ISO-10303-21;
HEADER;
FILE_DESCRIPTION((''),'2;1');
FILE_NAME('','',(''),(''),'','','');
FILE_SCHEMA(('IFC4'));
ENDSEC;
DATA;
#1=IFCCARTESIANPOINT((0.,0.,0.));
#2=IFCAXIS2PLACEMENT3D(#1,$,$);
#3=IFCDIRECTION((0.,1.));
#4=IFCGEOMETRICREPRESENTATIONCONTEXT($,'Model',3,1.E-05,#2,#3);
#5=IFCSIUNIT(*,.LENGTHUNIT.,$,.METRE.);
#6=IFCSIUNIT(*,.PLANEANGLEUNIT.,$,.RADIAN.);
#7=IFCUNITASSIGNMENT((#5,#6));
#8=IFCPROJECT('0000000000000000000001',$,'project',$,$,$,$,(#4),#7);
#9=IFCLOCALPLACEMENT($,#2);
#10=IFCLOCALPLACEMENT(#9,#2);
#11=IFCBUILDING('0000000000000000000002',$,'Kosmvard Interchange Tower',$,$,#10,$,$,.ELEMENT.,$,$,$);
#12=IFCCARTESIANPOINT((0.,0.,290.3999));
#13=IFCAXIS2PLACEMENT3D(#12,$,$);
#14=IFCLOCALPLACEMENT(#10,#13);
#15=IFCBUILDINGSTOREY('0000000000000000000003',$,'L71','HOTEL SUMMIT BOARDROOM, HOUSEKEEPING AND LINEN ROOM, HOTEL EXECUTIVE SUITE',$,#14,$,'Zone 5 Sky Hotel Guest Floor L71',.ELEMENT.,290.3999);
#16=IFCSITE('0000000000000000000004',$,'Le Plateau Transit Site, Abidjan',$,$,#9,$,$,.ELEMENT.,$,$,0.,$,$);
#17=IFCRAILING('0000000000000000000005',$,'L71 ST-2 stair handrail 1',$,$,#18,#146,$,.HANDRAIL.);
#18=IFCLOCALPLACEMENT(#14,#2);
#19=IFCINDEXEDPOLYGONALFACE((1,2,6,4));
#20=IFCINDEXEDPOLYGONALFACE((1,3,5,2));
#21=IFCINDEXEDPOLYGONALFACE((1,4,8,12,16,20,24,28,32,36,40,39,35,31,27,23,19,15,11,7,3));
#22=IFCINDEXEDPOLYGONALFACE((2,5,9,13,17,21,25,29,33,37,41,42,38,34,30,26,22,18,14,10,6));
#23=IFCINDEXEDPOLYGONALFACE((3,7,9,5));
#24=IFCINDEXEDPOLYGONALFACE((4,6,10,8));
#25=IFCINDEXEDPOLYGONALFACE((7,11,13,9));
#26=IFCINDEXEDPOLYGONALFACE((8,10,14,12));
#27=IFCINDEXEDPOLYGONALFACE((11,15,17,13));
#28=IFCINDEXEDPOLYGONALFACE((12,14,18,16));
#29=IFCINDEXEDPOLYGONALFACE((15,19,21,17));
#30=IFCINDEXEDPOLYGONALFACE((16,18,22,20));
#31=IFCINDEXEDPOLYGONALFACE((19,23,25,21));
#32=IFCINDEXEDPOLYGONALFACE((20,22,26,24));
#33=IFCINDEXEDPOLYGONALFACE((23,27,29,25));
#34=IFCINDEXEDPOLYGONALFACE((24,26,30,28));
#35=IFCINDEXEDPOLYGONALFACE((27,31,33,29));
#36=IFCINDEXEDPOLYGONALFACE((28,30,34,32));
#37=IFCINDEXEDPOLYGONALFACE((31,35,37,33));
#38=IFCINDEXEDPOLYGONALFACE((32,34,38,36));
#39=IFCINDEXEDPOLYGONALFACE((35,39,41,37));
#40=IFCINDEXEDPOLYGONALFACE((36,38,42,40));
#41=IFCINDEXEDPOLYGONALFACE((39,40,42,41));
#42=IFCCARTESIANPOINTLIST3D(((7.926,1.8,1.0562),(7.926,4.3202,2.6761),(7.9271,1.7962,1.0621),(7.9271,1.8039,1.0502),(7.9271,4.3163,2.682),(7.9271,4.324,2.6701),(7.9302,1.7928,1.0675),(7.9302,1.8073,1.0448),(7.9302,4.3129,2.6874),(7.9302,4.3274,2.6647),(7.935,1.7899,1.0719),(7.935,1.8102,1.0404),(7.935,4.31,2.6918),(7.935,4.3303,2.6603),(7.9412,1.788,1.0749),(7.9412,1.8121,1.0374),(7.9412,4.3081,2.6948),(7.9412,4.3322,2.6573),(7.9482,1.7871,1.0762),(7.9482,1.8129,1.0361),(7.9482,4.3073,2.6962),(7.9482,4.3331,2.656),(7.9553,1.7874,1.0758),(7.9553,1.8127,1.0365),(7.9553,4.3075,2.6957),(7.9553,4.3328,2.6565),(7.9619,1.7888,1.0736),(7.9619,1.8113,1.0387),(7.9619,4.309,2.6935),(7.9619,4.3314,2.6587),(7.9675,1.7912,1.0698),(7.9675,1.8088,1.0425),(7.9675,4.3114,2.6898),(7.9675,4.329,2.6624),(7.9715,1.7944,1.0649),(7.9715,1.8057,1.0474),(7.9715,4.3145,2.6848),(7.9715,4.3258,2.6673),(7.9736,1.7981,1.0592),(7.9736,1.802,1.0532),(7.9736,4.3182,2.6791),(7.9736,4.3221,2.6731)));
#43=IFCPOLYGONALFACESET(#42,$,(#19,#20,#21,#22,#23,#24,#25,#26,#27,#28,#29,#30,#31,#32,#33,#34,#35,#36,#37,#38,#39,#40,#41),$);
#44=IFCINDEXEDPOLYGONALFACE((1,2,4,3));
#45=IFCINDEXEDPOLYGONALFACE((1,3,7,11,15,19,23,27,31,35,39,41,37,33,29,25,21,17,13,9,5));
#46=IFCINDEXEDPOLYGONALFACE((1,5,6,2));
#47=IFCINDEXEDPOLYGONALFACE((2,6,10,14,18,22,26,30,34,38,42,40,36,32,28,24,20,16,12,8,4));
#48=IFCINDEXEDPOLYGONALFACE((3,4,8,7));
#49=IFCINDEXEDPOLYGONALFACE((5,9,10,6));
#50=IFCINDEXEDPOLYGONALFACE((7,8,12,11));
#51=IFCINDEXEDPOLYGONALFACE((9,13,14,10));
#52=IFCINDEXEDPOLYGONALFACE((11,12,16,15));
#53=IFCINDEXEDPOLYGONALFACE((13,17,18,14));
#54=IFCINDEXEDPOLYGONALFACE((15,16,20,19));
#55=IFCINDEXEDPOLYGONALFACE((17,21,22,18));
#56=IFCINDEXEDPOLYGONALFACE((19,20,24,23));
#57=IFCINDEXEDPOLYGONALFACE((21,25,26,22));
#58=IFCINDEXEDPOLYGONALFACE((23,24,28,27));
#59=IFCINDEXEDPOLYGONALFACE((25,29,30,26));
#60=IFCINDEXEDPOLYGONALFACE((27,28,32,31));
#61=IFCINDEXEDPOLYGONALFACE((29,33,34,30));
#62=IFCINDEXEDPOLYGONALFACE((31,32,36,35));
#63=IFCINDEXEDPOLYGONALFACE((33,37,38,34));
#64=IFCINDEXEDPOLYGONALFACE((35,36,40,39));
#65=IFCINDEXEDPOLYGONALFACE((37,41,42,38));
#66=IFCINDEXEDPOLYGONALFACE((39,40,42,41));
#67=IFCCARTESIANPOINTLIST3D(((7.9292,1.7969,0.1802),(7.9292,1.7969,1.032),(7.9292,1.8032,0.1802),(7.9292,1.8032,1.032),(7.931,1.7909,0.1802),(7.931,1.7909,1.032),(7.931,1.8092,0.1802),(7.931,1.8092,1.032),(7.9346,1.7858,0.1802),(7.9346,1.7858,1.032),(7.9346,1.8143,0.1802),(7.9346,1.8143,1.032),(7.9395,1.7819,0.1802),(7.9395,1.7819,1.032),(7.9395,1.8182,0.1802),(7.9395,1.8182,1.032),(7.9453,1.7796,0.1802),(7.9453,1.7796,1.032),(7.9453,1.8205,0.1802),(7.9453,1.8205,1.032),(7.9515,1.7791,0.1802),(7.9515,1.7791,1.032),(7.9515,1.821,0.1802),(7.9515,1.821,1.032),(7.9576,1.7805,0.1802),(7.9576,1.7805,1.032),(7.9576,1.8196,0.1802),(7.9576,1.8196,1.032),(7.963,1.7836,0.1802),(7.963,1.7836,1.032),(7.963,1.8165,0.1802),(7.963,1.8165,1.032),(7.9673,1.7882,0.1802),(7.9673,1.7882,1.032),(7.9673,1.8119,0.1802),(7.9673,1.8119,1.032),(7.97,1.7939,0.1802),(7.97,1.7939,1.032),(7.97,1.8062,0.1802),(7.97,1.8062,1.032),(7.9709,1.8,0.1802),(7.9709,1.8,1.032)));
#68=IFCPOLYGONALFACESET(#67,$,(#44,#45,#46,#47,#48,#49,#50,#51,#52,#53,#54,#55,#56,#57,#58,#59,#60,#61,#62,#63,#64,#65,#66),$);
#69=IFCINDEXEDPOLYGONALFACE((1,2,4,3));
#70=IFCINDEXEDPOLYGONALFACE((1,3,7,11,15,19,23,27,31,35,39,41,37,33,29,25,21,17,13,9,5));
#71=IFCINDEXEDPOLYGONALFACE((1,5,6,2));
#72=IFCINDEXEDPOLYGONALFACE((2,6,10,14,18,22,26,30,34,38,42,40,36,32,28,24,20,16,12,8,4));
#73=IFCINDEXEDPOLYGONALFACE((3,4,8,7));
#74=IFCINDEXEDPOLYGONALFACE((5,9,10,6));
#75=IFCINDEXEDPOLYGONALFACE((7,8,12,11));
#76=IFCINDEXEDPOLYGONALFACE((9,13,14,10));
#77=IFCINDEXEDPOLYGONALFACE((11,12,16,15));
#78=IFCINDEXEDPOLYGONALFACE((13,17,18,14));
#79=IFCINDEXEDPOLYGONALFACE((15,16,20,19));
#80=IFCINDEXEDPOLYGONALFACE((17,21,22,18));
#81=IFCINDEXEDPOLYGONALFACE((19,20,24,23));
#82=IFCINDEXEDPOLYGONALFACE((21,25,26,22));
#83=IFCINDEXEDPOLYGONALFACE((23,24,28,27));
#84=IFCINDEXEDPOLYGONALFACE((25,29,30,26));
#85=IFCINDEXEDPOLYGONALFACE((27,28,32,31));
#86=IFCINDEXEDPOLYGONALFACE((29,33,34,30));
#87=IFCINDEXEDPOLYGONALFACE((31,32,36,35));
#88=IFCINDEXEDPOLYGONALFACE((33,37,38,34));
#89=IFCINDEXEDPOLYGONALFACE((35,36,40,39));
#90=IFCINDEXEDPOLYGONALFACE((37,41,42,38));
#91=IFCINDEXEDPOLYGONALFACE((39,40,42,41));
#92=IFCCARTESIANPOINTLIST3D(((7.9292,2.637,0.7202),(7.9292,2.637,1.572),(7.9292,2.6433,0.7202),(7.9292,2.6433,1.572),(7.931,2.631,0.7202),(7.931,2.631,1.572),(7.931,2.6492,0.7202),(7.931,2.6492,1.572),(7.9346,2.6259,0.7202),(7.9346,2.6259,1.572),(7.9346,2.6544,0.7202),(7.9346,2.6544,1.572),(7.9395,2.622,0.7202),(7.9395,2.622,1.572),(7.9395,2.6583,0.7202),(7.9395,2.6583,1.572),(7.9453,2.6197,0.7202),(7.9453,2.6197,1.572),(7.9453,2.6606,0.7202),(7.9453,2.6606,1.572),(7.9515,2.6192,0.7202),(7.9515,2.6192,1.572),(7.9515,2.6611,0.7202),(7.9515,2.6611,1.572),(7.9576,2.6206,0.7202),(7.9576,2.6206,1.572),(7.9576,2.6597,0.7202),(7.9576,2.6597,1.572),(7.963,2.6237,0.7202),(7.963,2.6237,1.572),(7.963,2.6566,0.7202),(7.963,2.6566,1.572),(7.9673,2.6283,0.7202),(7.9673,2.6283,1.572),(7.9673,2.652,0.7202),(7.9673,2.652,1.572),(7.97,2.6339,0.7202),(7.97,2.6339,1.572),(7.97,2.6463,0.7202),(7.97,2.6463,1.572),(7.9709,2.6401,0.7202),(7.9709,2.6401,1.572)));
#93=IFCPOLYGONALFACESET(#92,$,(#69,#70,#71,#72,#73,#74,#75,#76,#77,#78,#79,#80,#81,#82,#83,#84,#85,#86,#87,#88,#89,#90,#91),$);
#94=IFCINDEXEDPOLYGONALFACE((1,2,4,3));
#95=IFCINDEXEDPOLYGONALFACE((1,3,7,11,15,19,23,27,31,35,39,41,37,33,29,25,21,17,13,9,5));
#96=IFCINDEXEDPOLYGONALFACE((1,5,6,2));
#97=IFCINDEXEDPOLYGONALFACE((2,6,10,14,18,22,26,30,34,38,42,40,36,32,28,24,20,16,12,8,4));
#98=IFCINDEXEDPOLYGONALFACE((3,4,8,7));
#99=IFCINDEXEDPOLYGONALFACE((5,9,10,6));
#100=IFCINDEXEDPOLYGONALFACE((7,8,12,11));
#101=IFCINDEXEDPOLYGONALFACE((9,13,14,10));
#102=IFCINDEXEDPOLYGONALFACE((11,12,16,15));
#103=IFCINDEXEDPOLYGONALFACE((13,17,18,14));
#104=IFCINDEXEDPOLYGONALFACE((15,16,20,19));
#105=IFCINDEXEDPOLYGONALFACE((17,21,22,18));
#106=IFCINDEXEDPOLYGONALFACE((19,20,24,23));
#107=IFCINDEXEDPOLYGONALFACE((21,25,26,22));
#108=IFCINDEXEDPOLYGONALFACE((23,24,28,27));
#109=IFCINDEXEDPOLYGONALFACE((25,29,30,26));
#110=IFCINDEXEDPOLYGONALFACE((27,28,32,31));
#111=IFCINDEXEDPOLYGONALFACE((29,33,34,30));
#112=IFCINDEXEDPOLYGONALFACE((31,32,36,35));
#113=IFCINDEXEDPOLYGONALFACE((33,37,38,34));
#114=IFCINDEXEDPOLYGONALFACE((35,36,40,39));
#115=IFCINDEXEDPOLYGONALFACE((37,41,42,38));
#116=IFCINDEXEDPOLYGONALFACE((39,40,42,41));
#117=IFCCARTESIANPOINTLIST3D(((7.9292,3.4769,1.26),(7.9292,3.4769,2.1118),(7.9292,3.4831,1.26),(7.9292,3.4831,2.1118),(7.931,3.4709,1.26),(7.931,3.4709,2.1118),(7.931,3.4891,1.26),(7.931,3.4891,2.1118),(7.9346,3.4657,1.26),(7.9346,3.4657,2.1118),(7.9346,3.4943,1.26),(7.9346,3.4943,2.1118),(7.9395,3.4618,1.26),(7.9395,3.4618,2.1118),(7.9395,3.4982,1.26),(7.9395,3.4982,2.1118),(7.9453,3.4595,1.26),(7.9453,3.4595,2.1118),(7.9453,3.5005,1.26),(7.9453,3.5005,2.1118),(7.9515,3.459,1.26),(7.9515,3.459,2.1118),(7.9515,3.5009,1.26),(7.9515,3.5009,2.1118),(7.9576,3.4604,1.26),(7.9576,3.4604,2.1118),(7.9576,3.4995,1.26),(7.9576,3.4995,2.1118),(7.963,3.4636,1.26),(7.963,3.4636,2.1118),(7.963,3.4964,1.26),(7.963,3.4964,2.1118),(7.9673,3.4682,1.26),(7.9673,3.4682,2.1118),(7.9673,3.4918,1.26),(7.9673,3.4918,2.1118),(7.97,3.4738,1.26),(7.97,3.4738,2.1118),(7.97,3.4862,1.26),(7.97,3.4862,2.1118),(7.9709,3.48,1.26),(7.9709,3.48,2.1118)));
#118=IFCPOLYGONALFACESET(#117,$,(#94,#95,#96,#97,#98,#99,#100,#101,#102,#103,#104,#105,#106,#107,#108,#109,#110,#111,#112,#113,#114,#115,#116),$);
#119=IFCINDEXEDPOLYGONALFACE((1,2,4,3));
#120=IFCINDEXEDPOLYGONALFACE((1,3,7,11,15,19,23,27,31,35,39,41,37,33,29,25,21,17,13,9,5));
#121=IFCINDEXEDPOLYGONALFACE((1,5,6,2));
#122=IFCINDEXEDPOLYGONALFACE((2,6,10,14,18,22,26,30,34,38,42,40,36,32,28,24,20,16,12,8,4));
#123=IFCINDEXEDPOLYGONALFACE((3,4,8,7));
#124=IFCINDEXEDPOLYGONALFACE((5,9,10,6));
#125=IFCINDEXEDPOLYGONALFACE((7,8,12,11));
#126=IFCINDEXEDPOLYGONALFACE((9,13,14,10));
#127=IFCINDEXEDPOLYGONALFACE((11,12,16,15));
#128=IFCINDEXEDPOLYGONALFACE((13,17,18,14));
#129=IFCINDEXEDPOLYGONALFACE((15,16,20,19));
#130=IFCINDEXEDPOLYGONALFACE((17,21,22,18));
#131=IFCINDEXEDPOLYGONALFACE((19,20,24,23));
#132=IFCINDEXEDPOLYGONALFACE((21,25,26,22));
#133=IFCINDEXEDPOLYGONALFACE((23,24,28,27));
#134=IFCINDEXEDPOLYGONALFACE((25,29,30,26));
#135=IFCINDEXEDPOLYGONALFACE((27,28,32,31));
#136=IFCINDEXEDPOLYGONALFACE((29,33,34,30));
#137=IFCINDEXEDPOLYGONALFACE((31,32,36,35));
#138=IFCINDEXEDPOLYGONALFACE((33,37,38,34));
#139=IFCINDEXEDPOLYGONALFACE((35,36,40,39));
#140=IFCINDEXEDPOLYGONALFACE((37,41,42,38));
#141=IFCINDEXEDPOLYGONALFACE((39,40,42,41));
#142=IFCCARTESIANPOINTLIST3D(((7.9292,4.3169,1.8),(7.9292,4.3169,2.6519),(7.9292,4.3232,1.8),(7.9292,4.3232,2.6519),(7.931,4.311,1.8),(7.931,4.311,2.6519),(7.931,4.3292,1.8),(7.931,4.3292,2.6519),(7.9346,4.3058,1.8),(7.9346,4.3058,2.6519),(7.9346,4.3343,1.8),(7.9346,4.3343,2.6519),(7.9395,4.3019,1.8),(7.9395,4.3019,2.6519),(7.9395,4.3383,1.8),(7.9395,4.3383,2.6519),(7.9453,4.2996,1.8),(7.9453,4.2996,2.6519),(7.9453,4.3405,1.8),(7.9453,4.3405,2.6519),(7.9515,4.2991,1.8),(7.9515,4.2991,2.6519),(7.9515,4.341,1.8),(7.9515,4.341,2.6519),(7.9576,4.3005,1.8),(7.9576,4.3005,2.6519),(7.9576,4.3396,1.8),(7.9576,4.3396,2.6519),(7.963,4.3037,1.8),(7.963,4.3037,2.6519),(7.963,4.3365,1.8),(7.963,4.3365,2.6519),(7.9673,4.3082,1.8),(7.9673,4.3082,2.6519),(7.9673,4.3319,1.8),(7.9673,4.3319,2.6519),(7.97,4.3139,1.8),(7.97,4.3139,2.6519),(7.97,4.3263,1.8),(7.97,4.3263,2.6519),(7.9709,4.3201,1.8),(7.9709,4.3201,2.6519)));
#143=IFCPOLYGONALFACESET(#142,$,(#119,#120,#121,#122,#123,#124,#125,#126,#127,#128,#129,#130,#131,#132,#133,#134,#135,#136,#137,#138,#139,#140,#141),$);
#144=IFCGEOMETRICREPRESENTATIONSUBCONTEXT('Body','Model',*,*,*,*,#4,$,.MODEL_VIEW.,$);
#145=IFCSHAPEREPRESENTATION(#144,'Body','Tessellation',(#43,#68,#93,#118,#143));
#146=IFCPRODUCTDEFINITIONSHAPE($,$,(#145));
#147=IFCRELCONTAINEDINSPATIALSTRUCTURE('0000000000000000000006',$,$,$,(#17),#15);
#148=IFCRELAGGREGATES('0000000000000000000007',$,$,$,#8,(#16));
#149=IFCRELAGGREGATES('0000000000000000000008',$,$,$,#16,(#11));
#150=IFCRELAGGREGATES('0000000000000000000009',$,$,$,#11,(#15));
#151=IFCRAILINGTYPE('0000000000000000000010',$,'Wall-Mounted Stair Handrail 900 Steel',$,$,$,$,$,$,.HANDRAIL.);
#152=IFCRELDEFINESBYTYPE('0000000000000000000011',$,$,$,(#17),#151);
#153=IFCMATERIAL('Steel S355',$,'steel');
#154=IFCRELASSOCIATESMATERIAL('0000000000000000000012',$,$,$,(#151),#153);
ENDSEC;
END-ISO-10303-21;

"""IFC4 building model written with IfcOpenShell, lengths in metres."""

from ifc_helpers import new_model, si_unit, direction, frame, origin, origin_2d, place, context, subcontext, project, spatial, circle, extrude, source, transform, mapped, material, type_object, element, save


model = new_model("IFC4")

# Units and contexts
model_context = context("Model", 3, precision=1e-05, world=origin(), true_north=direction((0.0, 1.0)))
body_context = subcontext(model_context, "Body", "Model", "MODEL_VIEW")
ifc_project = project(units=[si_unit("LENGTHUNIT", "METRE"), si_unit("PLANEANGLEUNIT", "RADIAN")], contexts=[model_context])

# Site, building, storey
site_placement = place(None, origin())
site = spatial("IfcSite", under=ifc_project, at=site_placement, Name="Le Plateau Transit Site, Abidjan", CompositionType="ELEMENT", RefElevation=0.0)
building_placement = place(site_placement, origin())
building = spatial("IfcBuilding", under=site, at=building_placement, Name="Kosmvard Interchange Tower", CompositionType="ELEMENT")
storey_placement = place(building_placement, frame((0.0, 0.0, 290.3999)))
storey = spatial("IfcBuildingStorey", under=building, at=storey_placement, Name="L71", Description="HOTEL SUMMIT BOARDROOM, HOUSEKEEPING AND LINEN ROOM, HOTEL EXECUTIVE SUITE", LongName="Zone 5 Sky Hotel Guest Floor L71", CompositionType="ELEMENT", Elevation=290.3999)

# Shared definitions
ifc_material_1 = material(Name="Steel S355", Category="steel")

# Railing
railing_type_1 = type_object("IfcRailingType", Name="Wall-Mounted Stair Handrail 900 Steel", PredefinedType="HANDRAIL", material=ifc_material_1)
shared_shape_1 = source(origin(), body_context, "Body", "SweptSolid", [
    extrude(circle(Radius=0.0239, at=origin_2d()), frame((0.0, 0.0, 0.876), z_axis=(0.0, 0.8412, 0.540725), x_axis=(-1.0, 0.0, 0.0)), (0.0, 0.0, 1.0), 2.9958),
    extrude(circle(Radius=0.021, at=origin_2d()), origin(), (0.0, 0.0, 1.0), 0.8518),
    extrude(circle(Radius=0.021, at=origin_2d()), frame((0.0, 0.8401, 0.54)), (0.0, 0.0, 1.0), 0.8518),
    extrude(circle(Radius=0.021, at=origin_2d()), frame((0.0, 1.6799, 1.0798)), (0.0, 0.0, 1.0), 0.8518),
    extrude(circle(Radius=0.021, at=origin_2d()), frame((0.0, 2.52, 1.6199)), (0.0, 0.0, 1.0), 0.8518),
])
railing_1_placement = place(storey_placement, frame((7.95, 1.8, 0.1802)))
element("IfcRailing", 1, at=railing_1_placement, inside=storey, type_object=railing_type_1, Name="L71 ST-2 stair handrail 1", PredefinedType="HANDRAIL", context=body_context, shape_type="MappedRepresentation", body=[
    mapped(shared_shape_1, transform((0.0, 0.0, 0.0), scale=1.0)),
])

save(model, "model.ifc")
